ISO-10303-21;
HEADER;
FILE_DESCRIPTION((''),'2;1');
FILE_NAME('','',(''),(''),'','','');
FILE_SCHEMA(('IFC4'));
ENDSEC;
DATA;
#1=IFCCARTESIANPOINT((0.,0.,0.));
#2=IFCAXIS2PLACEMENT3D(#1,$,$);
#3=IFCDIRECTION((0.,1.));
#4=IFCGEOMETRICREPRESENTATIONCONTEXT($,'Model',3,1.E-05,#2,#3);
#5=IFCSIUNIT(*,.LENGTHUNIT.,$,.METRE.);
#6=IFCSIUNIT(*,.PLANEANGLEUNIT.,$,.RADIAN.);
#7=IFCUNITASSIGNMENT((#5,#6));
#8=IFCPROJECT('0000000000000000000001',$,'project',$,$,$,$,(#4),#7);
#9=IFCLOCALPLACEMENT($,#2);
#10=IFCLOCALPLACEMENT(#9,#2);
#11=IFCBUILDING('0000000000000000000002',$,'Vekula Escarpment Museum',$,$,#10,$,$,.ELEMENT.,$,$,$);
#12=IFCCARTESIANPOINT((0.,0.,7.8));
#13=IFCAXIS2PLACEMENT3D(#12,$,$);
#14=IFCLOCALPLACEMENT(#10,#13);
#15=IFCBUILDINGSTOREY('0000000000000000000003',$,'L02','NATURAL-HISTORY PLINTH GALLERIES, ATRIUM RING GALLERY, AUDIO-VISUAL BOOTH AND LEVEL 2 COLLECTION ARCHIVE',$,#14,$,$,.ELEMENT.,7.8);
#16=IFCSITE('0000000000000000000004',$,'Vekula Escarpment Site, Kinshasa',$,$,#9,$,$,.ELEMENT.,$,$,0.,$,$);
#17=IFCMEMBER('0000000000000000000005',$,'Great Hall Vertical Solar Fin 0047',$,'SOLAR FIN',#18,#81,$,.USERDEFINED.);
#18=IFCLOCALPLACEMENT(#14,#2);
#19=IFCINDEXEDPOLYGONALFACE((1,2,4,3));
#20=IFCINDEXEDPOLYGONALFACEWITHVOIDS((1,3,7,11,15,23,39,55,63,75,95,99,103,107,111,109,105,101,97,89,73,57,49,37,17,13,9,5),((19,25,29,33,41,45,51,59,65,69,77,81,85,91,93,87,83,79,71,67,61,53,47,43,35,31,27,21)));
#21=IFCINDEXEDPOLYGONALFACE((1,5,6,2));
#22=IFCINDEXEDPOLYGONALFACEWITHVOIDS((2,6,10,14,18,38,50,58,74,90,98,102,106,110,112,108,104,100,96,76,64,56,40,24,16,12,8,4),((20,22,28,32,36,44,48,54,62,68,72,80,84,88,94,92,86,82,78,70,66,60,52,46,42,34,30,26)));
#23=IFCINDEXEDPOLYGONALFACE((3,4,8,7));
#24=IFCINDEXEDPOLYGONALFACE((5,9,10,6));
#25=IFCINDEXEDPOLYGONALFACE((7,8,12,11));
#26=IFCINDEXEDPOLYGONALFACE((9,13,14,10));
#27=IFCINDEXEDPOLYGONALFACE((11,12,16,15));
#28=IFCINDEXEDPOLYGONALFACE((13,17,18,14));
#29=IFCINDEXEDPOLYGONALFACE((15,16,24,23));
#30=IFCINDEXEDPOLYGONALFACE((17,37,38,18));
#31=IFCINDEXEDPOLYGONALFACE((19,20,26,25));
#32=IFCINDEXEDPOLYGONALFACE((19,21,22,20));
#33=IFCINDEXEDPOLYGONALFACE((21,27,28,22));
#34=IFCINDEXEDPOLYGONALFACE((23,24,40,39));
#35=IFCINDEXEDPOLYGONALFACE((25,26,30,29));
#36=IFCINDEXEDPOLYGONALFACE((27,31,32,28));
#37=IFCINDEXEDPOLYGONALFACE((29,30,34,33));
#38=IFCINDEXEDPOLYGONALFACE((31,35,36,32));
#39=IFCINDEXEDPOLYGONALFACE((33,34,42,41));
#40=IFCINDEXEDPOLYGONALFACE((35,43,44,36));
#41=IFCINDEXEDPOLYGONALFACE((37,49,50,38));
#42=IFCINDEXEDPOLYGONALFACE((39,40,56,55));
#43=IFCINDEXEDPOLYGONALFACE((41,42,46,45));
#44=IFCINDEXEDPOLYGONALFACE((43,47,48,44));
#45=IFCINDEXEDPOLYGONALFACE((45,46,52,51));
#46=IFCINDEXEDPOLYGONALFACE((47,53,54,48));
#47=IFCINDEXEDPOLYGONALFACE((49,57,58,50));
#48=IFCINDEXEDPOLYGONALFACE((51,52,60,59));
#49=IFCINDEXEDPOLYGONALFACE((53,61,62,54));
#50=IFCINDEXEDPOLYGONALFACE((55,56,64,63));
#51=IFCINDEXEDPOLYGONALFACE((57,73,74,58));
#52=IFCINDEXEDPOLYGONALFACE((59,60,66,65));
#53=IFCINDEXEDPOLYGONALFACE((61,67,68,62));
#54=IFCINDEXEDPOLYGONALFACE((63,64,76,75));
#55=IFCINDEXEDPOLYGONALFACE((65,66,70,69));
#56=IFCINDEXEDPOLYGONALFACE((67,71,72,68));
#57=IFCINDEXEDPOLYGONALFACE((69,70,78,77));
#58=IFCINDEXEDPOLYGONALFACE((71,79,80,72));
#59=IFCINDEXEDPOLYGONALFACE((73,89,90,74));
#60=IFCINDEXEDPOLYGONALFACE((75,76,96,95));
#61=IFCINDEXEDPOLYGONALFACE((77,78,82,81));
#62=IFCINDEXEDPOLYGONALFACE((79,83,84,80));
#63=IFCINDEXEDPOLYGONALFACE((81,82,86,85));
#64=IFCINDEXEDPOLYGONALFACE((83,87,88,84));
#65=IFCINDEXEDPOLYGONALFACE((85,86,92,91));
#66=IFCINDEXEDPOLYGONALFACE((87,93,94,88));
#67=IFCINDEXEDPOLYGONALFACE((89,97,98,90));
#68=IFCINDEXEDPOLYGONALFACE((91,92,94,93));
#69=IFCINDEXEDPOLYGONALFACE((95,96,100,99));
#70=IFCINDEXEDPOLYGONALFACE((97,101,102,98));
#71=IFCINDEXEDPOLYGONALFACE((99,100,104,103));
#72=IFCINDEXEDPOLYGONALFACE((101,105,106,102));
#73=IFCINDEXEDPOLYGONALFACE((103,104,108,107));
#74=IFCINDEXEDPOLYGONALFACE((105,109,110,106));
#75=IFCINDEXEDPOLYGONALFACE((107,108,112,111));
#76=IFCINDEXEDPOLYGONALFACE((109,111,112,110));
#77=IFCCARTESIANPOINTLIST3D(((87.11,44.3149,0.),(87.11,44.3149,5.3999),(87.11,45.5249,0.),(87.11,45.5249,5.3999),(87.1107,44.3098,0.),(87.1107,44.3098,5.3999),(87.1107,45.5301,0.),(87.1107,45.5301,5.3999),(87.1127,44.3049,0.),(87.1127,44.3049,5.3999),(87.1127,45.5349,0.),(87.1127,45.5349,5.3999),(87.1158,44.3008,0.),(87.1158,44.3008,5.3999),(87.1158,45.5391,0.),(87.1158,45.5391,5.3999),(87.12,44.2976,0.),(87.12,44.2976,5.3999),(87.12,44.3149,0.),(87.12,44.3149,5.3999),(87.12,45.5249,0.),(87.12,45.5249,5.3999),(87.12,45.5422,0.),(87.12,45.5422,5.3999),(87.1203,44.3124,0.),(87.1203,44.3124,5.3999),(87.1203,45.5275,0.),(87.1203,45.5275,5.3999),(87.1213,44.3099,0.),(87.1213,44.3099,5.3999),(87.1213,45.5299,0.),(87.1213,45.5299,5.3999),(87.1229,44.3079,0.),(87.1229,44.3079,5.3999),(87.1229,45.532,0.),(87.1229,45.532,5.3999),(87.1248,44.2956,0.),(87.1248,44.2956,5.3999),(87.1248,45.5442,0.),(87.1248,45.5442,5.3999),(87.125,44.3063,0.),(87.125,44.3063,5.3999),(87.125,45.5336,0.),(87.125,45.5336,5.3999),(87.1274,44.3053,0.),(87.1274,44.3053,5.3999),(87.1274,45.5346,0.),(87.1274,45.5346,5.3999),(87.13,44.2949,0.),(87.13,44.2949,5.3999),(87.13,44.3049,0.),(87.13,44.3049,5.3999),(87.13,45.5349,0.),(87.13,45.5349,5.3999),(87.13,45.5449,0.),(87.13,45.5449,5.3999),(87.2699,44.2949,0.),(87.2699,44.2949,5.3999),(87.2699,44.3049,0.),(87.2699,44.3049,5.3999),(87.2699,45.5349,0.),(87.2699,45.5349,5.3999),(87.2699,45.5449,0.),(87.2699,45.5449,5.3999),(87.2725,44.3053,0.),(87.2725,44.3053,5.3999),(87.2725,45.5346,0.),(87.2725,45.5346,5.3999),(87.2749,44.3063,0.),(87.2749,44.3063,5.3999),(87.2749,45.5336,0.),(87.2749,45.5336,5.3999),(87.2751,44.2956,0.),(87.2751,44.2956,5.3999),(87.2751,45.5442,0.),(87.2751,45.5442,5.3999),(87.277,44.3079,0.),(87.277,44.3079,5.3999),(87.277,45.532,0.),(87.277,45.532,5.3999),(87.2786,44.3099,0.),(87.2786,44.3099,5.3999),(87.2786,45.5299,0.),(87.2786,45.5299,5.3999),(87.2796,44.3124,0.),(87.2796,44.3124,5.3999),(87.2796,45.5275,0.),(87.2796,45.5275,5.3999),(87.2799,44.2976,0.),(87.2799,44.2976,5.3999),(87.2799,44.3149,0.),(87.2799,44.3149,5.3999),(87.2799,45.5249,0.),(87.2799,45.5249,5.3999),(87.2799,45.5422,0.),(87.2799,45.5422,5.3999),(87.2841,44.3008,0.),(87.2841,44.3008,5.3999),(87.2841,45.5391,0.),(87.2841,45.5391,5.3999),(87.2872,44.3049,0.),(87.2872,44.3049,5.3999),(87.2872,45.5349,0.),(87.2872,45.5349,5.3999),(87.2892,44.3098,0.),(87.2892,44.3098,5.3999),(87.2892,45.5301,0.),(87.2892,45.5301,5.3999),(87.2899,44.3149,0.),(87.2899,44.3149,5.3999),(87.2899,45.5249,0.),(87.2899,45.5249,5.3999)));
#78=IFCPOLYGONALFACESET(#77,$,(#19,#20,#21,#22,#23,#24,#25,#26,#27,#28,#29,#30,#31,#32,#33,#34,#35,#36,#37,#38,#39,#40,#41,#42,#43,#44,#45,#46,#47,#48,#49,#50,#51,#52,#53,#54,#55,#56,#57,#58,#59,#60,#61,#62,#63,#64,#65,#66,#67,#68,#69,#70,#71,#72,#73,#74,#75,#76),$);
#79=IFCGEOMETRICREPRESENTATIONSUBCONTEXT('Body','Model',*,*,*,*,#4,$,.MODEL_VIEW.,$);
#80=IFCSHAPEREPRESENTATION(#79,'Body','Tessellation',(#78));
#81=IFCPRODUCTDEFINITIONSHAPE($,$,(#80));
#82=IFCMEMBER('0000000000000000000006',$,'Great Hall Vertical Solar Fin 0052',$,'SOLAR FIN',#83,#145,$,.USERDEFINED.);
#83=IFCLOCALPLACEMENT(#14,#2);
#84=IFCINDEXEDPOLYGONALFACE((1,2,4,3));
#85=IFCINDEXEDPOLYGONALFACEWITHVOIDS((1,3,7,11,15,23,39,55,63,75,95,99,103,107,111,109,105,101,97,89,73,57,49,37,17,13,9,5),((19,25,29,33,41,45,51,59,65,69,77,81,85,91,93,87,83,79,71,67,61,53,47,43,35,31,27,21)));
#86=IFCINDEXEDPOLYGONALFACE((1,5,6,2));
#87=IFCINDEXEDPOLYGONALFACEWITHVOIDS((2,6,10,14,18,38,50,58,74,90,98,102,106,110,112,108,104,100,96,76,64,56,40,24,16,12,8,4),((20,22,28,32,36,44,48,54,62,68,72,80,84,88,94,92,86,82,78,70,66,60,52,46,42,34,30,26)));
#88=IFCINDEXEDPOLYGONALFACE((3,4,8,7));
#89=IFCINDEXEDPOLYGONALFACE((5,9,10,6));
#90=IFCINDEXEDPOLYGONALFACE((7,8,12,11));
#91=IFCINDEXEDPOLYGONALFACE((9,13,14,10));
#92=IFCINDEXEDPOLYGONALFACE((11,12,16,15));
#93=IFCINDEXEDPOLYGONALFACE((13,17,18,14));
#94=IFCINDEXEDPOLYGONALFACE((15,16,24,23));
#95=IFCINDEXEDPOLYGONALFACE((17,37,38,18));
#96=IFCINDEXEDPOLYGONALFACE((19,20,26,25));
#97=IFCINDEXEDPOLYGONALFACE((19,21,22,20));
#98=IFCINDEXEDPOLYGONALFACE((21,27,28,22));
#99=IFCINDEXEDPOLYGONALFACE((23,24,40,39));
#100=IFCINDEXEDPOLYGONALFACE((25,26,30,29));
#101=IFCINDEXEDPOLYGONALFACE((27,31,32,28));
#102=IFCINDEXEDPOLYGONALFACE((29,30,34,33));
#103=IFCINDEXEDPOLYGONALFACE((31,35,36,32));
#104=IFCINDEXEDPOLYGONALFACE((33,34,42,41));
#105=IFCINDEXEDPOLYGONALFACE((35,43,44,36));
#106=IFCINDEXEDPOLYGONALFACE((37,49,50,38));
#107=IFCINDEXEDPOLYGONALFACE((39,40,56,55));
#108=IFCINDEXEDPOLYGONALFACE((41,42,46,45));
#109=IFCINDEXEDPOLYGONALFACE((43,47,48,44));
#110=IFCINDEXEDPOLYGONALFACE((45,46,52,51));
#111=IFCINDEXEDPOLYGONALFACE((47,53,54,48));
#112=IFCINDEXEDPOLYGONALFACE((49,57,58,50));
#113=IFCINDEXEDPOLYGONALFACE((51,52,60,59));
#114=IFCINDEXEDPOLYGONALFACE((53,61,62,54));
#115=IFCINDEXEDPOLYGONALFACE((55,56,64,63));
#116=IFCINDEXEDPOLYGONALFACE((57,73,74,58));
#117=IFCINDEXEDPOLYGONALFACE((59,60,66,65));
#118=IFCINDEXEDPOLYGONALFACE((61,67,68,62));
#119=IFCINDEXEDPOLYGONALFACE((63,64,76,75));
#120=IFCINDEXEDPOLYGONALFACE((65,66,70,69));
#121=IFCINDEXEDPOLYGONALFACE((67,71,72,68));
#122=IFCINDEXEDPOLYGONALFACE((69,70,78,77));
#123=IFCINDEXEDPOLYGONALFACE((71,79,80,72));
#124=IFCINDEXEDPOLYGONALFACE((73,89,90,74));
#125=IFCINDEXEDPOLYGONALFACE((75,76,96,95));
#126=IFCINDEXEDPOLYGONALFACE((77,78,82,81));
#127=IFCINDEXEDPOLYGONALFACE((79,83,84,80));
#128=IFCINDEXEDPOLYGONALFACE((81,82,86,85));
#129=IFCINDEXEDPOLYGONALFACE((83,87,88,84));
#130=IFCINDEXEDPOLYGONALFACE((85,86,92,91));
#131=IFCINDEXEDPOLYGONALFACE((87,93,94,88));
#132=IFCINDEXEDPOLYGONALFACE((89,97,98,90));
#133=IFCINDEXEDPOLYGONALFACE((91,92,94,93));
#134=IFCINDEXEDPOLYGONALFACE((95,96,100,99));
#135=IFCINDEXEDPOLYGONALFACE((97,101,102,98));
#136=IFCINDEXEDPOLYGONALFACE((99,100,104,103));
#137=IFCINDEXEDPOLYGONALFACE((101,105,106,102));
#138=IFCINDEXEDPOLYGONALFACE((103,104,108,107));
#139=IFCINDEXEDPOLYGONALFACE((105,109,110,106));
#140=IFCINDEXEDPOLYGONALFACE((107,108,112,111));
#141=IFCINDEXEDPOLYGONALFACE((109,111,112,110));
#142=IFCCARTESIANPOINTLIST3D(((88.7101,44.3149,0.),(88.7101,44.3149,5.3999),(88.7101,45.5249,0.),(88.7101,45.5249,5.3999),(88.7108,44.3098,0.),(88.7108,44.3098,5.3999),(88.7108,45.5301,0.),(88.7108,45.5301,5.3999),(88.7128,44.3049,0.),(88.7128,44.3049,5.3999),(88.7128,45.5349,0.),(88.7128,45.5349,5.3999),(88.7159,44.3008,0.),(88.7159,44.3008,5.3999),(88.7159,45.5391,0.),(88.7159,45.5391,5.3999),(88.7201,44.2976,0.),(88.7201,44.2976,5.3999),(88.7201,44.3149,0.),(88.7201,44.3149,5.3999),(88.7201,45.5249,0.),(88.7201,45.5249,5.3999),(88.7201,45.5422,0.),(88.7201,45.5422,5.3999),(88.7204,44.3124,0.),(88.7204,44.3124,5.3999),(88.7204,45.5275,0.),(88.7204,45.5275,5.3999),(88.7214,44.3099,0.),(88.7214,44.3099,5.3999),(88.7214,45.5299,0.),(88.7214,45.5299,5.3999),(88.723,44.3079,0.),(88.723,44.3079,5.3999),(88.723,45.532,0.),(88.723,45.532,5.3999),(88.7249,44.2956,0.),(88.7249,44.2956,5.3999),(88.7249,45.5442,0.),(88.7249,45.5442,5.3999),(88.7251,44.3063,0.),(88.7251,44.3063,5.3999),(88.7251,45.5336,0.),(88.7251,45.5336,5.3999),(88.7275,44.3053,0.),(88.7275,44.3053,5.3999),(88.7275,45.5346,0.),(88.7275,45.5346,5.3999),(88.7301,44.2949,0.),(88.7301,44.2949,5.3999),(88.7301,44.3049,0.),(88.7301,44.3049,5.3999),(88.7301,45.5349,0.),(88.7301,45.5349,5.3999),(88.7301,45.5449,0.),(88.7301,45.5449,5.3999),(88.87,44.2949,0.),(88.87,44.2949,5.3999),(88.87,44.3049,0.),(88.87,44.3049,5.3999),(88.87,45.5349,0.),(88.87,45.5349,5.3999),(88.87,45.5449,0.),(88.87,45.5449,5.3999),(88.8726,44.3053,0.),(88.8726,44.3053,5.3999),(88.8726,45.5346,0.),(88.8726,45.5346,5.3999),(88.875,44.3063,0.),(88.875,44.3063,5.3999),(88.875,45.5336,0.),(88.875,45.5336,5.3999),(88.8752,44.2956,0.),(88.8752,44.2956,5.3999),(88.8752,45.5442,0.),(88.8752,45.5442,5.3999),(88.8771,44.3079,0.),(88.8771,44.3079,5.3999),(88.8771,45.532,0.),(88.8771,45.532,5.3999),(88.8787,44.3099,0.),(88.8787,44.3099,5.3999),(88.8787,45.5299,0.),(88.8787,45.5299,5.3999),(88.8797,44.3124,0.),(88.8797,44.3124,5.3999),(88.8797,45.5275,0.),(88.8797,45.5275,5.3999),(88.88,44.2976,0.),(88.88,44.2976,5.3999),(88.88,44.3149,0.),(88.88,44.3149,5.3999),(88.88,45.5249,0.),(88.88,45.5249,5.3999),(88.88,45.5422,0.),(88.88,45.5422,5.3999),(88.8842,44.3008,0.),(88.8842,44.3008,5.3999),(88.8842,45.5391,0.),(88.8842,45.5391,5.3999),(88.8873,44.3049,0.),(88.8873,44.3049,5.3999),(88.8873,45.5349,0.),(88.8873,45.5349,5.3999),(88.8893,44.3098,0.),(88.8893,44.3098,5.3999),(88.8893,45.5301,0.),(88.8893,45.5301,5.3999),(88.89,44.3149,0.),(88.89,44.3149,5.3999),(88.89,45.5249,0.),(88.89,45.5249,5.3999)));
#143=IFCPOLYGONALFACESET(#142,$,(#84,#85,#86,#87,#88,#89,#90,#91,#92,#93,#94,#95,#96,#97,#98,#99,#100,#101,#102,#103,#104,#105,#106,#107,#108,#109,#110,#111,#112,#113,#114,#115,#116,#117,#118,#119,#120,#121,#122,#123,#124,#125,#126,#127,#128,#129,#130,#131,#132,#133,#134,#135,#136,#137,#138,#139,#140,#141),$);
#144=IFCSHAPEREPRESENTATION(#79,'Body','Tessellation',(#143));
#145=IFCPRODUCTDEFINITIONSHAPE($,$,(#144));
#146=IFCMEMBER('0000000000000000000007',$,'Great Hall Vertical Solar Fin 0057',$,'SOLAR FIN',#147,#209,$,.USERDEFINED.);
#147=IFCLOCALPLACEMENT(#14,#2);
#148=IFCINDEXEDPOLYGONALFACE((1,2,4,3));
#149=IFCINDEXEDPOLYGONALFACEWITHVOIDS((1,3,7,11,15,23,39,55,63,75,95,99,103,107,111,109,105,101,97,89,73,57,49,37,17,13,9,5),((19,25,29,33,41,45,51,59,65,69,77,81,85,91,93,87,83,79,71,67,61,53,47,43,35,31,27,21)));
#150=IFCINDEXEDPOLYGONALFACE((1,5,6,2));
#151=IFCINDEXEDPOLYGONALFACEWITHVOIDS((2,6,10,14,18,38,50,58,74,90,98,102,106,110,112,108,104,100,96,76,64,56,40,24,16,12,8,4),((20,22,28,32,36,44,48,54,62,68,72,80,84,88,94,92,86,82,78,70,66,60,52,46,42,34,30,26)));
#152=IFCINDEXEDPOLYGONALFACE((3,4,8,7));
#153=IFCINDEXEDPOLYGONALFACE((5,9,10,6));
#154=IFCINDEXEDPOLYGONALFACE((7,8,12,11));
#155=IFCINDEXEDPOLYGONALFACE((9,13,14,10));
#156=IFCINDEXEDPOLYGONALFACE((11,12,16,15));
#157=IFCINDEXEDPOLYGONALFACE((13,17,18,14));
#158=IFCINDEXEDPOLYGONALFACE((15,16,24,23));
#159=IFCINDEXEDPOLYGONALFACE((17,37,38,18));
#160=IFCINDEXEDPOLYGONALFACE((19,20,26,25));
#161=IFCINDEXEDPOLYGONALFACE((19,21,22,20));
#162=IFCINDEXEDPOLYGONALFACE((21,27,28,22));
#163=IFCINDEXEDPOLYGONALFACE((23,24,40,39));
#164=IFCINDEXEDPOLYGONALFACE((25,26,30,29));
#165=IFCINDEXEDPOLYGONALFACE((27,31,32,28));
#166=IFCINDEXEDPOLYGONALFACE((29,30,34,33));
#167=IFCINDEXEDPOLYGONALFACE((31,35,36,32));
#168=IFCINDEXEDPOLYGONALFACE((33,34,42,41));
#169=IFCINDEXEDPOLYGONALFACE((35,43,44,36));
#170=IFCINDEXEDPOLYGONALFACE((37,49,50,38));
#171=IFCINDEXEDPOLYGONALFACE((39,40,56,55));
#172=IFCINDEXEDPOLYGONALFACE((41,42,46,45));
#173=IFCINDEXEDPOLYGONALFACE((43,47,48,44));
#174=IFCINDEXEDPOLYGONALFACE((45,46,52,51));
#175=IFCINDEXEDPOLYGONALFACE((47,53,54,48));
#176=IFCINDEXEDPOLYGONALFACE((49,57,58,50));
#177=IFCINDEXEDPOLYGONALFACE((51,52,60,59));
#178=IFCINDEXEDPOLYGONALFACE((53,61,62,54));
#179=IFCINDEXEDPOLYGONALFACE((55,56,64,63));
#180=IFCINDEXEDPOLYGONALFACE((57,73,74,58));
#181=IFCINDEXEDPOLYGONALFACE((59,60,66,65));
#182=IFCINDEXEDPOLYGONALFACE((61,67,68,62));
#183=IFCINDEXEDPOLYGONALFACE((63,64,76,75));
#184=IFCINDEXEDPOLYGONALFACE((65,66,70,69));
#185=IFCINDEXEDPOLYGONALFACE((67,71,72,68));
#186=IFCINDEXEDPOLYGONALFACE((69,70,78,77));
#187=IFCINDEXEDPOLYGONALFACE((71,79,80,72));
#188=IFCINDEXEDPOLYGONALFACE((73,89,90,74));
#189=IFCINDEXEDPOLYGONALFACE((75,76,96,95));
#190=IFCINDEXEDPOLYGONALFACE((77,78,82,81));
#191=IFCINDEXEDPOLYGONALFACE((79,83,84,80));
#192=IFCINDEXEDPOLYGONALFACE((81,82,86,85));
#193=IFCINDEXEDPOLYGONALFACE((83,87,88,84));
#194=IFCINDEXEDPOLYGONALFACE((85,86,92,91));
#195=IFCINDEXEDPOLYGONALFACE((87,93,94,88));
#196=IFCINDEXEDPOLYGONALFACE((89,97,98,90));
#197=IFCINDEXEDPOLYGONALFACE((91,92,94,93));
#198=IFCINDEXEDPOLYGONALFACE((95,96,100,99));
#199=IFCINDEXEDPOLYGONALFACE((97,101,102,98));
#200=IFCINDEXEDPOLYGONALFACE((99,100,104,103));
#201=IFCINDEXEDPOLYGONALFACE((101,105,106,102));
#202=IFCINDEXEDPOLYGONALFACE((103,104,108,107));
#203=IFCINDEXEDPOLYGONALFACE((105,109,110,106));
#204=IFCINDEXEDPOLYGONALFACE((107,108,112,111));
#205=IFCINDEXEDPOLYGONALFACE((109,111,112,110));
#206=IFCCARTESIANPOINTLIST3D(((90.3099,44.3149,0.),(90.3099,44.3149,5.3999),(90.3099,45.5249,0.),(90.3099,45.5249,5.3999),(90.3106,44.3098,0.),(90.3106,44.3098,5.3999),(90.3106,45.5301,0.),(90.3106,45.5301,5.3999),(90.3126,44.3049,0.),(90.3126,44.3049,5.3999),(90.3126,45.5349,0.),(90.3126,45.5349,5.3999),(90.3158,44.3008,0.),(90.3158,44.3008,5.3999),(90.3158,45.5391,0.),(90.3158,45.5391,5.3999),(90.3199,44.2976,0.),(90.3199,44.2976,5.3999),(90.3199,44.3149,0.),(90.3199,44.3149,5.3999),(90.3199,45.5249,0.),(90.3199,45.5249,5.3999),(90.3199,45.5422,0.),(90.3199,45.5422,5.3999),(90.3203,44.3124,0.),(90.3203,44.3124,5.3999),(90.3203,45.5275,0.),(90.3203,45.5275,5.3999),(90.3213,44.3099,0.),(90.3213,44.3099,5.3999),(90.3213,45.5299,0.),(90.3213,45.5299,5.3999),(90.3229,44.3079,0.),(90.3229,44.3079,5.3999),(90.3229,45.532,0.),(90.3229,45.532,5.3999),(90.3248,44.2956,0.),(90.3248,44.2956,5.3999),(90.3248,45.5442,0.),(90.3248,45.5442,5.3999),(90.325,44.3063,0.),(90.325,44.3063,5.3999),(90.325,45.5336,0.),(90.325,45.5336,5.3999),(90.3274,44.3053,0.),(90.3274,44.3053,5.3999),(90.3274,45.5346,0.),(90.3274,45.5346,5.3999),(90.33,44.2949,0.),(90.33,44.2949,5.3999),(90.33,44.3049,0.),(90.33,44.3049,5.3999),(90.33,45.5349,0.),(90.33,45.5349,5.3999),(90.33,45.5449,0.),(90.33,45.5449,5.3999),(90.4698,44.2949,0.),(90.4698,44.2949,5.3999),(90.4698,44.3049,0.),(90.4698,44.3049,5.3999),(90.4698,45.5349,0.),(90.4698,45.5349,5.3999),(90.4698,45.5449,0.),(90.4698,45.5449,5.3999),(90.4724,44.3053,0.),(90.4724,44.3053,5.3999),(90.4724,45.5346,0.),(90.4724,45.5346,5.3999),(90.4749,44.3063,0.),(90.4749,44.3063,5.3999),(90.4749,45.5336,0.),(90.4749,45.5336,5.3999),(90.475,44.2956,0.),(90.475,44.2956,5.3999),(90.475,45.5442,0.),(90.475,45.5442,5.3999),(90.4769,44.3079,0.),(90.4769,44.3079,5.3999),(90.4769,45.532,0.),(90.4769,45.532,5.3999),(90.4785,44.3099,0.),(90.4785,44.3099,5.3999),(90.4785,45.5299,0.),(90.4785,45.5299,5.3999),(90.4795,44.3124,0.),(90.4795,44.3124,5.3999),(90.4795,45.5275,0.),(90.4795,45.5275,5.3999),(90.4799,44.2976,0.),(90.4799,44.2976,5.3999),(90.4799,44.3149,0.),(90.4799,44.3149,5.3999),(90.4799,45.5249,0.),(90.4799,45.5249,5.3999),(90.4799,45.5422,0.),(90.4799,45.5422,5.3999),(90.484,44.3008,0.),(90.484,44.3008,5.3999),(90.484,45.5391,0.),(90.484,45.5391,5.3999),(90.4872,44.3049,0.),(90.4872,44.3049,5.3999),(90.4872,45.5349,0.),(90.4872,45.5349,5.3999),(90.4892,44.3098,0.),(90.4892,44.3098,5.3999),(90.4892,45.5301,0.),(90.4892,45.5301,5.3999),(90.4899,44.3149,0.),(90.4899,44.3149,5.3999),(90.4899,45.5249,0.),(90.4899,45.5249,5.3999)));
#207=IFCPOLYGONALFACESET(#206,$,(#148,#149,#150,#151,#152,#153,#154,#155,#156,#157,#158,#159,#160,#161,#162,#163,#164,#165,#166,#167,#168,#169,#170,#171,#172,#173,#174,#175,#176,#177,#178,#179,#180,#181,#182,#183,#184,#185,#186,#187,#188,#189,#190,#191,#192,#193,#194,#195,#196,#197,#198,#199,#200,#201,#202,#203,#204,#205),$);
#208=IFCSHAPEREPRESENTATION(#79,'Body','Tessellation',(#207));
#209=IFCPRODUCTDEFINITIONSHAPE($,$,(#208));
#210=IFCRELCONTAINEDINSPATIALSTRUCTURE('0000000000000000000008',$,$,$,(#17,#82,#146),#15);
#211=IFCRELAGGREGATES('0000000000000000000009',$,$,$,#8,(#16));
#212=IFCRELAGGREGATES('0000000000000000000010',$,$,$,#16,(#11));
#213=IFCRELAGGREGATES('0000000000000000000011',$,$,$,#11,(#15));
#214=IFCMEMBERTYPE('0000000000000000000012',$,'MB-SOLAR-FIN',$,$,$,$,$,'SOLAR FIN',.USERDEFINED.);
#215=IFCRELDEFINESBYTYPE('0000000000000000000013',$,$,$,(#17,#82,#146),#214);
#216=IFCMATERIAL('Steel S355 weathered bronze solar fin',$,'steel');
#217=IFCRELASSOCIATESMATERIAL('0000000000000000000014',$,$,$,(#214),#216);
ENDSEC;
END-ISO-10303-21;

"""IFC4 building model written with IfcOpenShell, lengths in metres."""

from ifc_helpers import new_model, si_unit, direction, frame, origin, origin_2d, place, context, subcontext, project, spatial, hollow_rectangle, extrude, material, material_profile, profile_set, type_object, element, save


model = new_model("IFC4")

# Units and contexts
model_context = context("Model", 3, precision=1e-05, world=origin(), true_north=direction((0.0, 1.0)))
body_context = subcontext(model_context, "Body", "Model", "MODEL_VIEW")
ifc_project = project(units=[si_unit("LENGTHUNIT", "METRE"), si_unit("PLANEANGLEUNIT", "RADIAN")], contexts=[model_context])

# Site, building, storey
site_placement = place(None, origin())
site = spatial("IfcSite", under=ifc_project, at=site_placement, Name="Vekula Escarpment Site, Kinshasa", CompositionType="ELEMENT", RefElevation=0.0)
building_placement = place(site_placement, origin())
building = spatial("IfcBuilding", under=site, at=building_placement, Name="Vekula Escarpment Museum", CompositionType="ELEMENT")
storey_placement = place(building_placement, frame((0.0, 0.0, 7.8)))
storey = spatial("IfcBuildingStorey", under=building, at=storey_placement, Name="L02", Description="NATURAL-HISTORY PLINTH GALLERIES, ATRIUM RING GALLERY, AUDIO-VISUAL BOOTH AND LEVEL 2 COLLECTION ARCHIVE", CompositionType="ELEMENT", Elevation=7.8)

# Members
ifc_material_1 = material(Name="Steel S355 weathered bronze solar fin", Category="steel")
ifc_material_profile_1 = material_profile(ifc_material_1, hollow_rectangle(XDim=0.1799, YDim=1.25, WallThickness=0.01, InnerFilletRadius=0.01, OuterFilletRadius=0.02, at=origin_2d()), Name="RHS 1250x180x10")
ifc_profile_set_1 = profile_set([ifc_material_profile_1], Name="Steel S355 weathered bronze solar fin")
member_type_1 = type_object("IfcMemberType", Name="MB-SOLAR-FIN", ElementType="SOLAR FIN", PredefinedType="USERDEFINED", material=ifc_profile_set_1)
for number, where, z_axis, x_axis, name in (
    (1, (87.2, 44.9199, 0.0), (0.0, 0.0, 1.0), (1.0, 0.0, 0.0), "Great Hall Vertical Solar Fin 0047"),
    (2, (88.8, 44.9199, 0.0), (0.0, 0.0, 1.0), (1.0, 0.0, 0.0), "Great Hall Vertical Solar Fin 0052"),
    (3, (90.3999, 44.9199, 0.0), (0.0, 0.0, 1.0), (1.0, 0.0, 0.0), "Great Hall Vertical Solar Fin 0057"),
):
    element("IfcMember", number, at=place(storey_placement, frame(where, z_axis=z_axis, x_axis=x_axis)), inside=storey, type_object=member_type_1, Name=name, ObjectType="SOLAR FIN", PredefinedType="USERDEFINED", context=body_context, shape_type="SweptSolid", body=[
        extrude(hollow_rectangle(XDim=0.1799, YDim=1.25, WallThickness=0.01, InnerFilletRadius=0.01, OuterFilletRadius=0.02, at=origin_2d()), origin(), (0.0, 0.0, 1.0), 5.3999),
    ])

save(model, "model.ifc")
